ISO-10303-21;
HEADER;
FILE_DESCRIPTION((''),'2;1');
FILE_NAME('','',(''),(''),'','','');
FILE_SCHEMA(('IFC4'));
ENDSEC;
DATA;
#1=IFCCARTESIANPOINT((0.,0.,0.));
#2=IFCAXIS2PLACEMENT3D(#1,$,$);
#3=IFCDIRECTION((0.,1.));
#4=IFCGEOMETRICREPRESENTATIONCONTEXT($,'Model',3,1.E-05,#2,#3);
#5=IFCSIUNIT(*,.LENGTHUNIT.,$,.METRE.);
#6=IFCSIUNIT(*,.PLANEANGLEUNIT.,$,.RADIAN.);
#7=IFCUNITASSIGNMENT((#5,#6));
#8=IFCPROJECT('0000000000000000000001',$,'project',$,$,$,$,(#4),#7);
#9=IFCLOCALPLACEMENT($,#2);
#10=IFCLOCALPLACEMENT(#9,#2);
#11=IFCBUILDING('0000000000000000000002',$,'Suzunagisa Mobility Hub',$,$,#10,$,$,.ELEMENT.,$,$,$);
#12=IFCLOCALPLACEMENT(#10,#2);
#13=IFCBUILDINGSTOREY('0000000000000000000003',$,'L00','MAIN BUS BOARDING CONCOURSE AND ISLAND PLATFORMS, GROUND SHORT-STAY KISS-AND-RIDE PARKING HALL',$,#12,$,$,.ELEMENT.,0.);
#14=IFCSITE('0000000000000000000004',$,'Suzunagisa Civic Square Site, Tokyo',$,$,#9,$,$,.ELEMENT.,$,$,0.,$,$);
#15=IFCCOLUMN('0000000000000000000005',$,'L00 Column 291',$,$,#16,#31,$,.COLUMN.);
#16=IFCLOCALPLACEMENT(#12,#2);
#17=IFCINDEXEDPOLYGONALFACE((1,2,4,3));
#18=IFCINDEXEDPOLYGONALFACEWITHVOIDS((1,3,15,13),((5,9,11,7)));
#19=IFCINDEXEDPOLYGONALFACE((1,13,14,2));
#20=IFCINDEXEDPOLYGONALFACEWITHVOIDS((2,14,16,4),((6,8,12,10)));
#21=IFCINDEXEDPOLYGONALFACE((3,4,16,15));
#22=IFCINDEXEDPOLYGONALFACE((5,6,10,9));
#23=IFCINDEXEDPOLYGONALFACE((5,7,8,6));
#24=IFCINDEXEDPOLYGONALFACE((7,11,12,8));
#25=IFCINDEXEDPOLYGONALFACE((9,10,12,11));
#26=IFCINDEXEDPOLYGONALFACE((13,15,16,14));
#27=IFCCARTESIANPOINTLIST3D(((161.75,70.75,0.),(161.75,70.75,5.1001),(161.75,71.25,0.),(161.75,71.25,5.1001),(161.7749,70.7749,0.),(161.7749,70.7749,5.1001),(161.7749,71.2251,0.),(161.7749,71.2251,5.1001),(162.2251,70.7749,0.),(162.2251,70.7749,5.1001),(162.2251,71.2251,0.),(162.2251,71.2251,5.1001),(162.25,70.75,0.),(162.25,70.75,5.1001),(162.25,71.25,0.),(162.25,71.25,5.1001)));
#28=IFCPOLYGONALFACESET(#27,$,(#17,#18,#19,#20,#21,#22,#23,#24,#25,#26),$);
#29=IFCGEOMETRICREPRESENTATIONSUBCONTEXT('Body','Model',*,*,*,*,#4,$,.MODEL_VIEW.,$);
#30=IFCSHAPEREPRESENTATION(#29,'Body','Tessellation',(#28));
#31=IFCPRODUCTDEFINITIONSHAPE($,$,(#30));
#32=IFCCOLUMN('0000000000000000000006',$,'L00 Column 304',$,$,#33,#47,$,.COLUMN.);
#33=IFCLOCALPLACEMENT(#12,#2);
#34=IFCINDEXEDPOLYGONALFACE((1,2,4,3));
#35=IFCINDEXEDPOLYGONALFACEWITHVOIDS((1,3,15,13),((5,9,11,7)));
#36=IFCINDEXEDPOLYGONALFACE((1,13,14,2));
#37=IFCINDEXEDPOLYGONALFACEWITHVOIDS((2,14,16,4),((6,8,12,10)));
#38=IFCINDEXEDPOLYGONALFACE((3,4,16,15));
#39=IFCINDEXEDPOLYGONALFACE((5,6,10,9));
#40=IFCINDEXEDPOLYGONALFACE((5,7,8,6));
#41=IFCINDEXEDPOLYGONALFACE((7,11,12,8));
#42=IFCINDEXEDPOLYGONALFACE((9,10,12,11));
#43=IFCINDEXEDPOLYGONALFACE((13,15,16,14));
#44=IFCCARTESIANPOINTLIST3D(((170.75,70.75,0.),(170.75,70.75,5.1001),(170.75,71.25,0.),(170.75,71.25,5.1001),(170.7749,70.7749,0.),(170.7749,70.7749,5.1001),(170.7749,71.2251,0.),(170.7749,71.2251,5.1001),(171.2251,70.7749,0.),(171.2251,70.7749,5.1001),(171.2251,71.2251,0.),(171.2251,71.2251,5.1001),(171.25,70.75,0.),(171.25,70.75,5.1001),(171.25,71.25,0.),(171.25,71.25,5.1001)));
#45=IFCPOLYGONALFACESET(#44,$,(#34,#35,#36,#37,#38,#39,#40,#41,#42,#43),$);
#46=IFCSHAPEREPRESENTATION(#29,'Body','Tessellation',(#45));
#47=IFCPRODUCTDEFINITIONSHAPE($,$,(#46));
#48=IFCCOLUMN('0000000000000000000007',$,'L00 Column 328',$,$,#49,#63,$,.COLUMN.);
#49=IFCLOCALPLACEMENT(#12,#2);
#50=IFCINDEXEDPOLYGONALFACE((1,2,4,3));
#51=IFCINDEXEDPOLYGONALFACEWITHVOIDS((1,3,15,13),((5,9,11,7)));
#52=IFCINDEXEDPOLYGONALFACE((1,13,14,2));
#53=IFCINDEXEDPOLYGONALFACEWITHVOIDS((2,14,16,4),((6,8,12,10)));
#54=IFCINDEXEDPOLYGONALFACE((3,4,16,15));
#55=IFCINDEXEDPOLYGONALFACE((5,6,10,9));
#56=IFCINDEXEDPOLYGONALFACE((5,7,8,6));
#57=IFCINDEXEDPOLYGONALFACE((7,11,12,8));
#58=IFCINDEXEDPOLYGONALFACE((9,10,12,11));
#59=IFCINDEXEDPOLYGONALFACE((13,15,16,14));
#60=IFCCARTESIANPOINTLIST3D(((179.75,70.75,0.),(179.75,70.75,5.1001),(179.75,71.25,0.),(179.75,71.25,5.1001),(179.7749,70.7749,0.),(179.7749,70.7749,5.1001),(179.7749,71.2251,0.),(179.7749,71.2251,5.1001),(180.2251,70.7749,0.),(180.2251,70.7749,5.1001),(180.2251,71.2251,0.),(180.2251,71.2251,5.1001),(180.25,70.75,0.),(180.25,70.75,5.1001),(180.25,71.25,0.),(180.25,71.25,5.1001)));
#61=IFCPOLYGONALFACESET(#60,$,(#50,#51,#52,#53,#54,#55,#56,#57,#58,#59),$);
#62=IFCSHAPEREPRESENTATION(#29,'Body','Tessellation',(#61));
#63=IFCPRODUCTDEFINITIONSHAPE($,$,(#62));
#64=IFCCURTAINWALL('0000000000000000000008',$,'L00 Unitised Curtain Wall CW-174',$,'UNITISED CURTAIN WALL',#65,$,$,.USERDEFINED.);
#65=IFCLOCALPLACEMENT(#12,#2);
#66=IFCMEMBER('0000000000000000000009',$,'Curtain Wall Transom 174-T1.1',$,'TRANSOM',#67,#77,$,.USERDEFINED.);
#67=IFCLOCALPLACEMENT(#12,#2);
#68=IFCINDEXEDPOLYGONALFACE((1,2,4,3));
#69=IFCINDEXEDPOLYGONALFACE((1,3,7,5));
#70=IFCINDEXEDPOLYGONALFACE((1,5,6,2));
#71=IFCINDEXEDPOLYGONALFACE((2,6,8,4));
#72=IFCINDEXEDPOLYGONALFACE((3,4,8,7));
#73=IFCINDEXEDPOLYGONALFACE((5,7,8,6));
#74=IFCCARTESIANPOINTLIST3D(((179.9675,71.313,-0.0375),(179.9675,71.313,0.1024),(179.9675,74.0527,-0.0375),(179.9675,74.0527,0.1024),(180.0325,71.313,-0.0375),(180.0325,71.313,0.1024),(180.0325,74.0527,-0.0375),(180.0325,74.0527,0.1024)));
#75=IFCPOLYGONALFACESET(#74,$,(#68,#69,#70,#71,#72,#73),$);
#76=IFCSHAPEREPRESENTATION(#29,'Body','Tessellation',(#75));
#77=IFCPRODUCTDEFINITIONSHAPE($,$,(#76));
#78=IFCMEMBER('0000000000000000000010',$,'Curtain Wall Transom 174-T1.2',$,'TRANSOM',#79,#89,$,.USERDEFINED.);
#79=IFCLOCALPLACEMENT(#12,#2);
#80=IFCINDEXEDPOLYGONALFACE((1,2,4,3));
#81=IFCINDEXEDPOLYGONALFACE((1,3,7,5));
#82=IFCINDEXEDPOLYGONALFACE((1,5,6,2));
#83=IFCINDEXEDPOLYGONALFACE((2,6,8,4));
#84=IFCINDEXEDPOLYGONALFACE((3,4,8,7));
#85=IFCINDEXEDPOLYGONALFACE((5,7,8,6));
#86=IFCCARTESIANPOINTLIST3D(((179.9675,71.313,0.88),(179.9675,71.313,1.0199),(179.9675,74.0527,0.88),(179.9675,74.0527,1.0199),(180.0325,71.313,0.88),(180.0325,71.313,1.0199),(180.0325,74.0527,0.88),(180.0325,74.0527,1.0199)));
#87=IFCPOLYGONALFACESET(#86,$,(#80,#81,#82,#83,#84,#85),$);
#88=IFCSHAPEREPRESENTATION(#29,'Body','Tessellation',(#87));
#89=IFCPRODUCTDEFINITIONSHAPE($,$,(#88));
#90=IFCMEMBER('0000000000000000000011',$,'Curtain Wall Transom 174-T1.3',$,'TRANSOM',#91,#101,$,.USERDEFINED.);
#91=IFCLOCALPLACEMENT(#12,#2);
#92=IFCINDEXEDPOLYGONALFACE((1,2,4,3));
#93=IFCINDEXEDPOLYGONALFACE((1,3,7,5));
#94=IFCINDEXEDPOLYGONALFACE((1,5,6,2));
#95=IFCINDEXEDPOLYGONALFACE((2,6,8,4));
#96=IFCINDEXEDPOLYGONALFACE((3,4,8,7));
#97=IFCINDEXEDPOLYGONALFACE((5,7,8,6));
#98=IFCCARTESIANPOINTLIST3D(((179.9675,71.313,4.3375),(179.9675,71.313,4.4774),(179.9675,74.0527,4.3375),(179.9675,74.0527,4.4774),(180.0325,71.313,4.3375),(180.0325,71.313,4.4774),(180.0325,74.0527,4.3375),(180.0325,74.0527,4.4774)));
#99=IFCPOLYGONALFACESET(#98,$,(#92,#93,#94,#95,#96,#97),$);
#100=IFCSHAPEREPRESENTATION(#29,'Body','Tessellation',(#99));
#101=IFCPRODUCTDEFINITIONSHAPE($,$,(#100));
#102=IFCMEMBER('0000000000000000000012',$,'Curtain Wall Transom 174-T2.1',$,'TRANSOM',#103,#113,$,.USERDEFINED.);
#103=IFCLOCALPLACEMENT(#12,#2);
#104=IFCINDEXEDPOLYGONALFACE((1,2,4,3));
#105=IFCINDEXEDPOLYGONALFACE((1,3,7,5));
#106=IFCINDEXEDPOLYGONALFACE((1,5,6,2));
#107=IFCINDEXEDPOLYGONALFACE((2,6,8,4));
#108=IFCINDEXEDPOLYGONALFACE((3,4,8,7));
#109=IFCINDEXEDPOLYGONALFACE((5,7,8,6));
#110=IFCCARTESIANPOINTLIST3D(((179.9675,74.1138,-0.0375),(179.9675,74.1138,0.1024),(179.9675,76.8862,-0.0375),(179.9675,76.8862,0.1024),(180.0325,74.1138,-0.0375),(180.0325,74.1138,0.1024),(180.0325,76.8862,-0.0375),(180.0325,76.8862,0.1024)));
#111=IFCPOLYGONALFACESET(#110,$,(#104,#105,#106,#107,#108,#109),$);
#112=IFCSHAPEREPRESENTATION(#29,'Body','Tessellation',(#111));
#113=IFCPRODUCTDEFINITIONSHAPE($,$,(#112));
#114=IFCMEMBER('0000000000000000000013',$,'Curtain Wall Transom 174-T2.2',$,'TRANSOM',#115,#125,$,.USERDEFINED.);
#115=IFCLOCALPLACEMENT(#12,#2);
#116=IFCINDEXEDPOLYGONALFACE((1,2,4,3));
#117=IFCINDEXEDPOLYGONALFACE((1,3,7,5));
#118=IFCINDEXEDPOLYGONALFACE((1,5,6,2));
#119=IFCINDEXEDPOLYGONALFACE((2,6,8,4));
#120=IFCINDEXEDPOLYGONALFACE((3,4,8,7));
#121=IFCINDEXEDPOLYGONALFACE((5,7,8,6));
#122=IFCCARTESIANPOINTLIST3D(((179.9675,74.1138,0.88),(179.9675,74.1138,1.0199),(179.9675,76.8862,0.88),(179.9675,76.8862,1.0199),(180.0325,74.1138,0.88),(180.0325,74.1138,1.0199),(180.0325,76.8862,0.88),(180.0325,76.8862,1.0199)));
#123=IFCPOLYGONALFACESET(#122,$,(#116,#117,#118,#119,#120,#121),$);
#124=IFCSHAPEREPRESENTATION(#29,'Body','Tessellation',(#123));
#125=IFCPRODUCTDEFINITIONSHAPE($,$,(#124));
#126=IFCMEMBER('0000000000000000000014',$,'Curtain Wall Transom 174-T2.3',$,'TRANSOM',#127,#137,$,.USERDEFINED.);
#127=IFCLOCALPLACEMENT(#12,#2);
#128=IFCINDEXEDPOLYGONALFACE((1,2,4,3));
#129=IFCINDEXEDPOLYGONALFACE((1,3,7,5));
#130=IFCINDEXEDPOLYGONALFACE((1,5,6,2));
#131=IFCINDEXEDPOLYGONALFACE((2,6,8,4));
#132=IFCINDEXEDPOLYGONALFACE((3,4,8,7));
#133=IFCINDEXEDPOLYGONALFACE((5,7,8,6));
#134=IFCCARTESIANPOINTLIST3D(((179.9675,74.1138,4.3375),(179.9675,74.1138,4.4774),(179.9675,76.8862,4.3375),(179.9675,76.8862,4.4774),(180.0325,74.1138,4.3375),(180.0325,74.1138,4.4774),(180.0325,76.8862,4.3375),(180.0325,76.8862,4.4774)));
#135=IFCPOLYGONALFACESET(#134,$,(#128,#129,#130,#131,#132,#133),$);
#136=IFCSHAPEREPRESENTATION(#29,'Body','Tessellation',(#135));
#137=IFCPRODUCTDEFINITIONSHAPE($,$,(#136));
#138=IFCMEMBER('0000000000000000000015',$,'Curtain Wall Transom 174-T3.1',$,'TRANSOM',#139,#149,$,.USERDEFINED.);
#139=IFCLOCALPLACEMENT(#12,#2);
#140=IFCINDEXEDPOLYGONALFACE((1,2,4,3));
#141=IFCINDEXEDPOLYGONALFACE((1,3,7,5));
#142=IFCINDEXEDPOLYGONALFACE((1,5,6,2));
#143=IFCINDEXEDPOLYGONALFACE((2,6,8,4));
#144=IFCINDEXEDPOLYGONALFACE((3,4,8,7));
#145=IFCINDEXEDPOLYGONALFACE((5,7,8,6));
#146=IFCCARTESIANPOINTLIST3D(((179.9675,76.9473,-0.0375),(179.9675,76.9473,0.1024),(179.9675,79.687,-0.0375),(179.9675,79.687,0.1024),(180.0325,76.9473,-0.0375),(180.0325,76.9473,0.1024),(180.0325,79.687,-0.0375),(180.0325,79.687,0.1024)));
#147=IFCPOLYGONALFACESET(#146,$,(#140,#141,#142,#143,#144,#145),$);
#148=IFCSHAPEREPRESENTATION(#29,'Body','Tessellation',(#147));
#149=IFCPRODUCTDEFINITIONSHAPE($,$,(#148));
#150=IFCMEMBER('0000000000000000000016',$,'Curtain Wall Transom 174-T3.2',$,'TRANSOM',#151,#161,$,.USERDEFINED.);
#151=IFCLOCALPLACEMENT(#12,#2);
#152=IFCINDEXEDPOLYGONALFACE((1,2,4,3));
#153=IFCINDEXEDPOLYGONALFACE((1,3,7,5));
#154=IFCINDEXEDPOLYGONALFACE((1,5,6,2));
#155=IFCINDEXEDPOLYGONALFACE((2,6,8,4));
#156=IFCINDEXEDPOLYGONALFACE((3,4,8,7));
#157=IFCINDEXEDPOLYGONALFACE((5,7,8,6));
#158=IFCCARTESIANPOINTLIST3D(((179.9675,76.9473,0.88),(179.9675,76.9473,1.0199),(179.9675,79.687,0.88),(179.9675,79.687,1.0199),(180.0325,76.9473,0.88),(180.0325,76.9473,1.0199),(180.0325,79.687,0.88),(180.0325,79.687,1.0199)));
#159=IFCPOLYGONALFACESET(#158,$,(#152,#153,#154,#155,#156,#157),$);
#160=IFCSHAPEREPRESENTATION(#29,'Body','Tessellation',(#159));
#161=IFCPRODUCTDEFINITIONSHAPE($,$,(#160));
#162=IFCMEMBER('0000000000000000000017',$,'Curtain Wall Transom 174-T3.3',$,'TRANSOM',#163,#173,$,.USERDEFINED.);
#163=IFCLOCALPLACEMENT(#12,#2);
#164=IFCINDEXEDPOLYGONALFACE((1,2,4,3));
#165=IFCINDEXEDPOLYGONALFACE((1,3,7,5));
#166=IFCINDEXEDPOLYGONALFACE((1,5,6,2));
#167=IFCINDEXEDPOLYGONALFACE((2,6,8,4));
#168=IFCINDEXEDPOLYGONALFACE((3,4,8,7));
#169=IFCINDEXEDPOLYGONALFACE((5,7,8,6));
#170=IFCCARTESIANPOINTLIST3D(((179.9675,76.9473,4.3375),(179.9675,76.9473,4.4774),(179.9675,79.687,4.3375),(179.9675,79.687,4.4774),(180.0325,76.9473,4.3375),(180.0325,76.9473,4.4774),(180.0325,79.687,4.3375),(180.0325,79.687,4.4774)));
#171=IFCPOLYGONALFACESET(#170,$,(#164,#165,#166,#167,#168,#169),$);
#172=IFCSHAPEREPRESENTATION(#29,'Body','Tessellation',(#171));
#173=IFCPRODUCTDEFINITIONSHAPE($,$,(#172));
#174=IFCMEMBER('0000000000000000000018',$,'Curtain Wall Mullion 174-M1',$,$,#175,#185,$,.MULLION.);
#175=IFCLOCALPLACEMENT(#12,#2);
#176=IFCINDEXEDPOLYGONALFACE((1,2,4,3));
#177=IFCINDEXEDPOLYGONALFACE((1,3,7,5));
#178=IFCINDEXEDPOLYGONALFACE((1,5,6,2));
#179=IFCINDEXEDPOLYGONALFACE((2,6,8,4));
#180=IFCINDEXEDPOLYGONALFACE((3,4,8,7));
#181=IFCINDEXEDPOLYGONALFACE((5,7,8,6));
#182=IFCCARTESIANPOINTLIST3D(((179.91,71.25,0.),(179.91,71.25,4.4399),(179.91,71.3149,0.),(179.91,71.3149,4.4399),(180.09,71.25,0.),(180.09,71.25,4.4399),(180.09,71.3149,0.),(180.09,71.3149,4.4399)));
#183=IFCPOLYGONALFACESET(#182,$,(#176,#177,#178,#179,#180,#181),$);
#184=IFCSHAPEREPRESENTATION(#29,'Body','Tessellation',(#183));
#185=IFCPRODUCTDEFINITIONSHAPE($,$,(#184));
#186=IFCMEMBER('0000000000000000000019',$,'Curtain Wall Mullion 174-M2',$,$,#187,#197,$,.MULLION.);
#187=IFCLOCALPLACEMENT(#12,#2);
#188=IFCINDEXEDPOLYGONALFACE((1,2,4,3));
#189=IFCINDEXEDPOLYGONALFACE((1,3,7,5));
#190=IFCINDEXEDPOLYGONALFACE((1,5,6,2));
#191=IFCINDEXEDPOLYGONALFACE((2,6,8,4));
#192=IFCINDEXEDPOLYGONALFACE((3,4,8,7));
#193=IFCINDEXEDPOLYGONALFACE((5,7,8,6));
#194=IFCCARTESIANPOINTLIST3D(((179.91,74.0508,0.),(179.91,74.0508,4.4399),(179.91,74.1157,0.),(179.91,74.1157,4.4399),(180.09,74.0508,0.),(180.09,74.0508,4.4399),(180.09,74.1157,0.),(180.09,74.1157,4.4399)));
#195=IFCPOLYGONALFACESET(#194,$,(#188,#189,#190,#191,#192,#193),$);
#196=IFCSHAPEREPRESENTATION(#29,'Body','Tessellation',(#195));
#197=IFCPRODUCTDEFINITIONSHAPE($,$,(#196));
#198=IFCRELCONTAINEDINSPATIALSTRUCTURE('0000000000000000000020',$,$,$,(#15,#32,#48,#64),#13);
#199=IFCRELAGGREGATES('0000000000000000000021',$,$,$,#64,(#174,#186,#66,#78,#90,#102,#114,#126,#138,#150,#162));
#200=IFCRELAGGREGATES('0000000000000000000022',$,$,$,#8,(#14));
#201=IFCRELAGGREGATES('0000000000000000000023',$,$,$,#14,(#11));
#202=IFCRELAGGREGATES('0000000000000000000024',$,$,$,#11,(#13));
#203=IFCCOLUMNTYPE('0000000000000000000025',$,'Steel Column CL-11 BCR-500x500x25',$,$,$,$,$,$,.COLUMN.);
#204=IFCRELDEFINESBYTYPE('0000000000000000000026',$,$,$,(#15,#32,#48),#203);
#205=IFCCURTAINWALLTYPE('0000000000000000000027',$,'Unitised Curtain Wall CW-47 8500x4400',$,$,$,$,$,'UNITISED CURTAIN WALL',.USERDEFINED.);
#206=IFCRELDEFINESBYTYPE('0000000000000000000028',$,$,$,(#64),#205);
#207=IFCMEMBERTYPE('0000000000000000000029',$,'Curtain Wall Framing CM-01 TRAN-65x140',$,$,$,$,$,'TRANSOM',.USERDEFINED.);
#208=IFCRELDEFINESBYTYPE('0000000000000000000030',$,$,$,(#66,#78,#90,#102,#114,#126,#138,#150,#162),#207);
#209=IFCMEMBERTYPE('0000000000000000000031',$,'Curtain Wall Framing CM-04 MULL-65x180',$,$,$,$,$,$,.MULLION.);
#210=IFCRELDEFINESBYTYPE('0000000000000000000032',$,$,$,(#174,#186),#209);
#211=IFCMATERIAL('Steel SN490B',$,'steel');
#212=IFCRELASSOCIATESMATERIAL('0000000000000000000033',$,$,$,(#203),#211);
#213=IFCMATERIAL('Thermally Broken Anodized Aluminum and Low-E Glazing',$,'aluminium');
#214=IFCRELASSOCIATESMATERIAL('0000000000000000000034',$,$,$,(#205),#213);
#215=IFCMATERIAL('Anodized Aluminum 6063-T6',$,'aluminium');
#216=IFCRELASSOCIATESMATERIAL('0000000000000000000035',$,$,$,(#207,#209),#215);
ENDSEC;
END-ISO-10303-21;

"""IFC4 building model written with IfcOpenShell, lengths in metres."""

from ifc_helpers import new_model, si_unit, direction, frame, origin, origin_2d, place, context, subcontext, project, spatial, rectangle, hollow_rectangle, extrude, material, material_profile, profile_set, type_object, element, aggregate, save


model = new_model("IFC4")

# Units and contexts
model_context = context("Model", 3, precision=1e-05, world=origin(), true_north=direction((0.0, 1.0)))
body_context = subcontext(model_context, "Body", "Model", "MODEL_VIEW")
ifc_project = project(units=[si_unit("LENGTHUNIT", "METRE"), si_unit("PLANEANGLEUNIT", "RADIAN")], contexts=[model_context])

# Site, building, storey
site_placement = place(None, origin())
site = spatial("IfcSite", under=ifc_project, at=site_placement, Name="Suzunagisa Civic Square Site, Tokyo", CompositionType="ELEMENT", RefElevation=0.0)
building_placement = place(site_placement, origin())
building = spatial("IfcBuilding", under=site, at=building_placement, Name="Suzunagisa Mobility Hub", CompositionType="ELEMENT")
storey_placement = place(building_placement, origin())
storey = spatial("IfcBuildingStorey", under=building, at=storey_placement, Name="L00", Description="MAIN BUS BOARDING CONCOURSE AND ISLAND PLATFORMS, GROUND SHORT-STAY KISS-AND-RIDE PARKING HALL", CompositionType="ELEMENT", Elevation=0.0)

# Columns
ifc_material_1 = material(Name="Steel SN490B", Category="steel")
ifc_material_profile_1 = material_profile(ifc_material_1, hollow_rectangle(XDim=0.5, YDim=0.5, WallThickness=0.0249, at=origin_2d()), Name="BCR-500x500x25")
ifc_profile_set_1 = profile_set([ifc_material_profile_1], Name="Steel SN490B")
column_type = type_object("IfcColumnType", Name="Steel Column CL-11 BCR-500x500x25", PredefinedType="COLUMN", material=ifc_profile_set_1)
for number, where, z_axis, x_axis, name in (
    (1, (162.0, 71.0, 0.0), (0.0, 0.0, 1.0), (1.0, 0.0, 0.0), "L00 Column 291"),
    (2, (171.0, 71.0, 0.0), (0.0, 0.0, 1.0), (1.0, 0.0, 0.0), "L00 Column 304"),
    (3, (180.0, 71.0, 0.0), (0.0, 0.0, 1.0), (1.0, 0.0, 0.0), "L00 Column 328"),
):
    element("IfcColumn", number, at=place(storey_placement, frame(where, z_axis=z_axis, x_axis=x_axis)), inside=storey, type_object=column_type, Name=name, PredefinedType="COLUMN", context=body_context, shape_type="SweptSolid", body=[
        extrude(hollow_rectangle(XDim=0.5, YDim=0.5, WallThickness=0.0249, at=origin_2d()), origin(), (0.0, 0.0, 1.0), 5.1001),
    ])

# Curtain wall, members
ifc_material_2 = material(Name="Thermally Broken Anodized Aluminum and Low-E Glazing", Category="aluminium")
curtain_wall_type = type_object("IfcCurtainWallType", Name="Unitised Curtain Wall CW-47 8500x4400", ElementType="UNITISED CURTAIN WALL", PredefinedType="USERDEFINED", material=ifc_material_2)
curtain_wall_placement = place(storey_placement, origin())
curtain_wall = element("IfcCurtainWall", 4, at=curtain_wall_placement, inside=storey, type_object=curtain_wall_type, Name="L00 Unitised Curtain Wall CW-174", ObjectType="UNITISED CURTAIN WALL", PredefinedType="USERDEFINED")
ifc_material_3 = material(Name="Anodized Aluminum 6063-T6", Category="aluminium")
ifc_material_profile_2 = material_profile(ifc_material_3, rectangle(XDim=0.0649, YDim=0.1399, at=origin_2d()), Name="TRAN-65x140")
ifc_profile_set_2 = profile_set([ifc_material_profile_2], Name="Anodized Aluminum 6063-T6")
member_type_1 = type_object("IfcMemberType", Name="Curtain Wall Framing CM-01 TRAN-65x140", ElementType="TRANSOM", PredefinedType="USERDEFINED", material=ifc_profile_set_2)
member_1_placement = place(storey_placement, frame((180.0, 71.313, 0.0325), z_axis=(0.0, 1.0, 0.0), x_axis=(-1.0, 0.0, 0.0)))
member_1 = element("IfcMember", 5, at=member_1_placement, type_object=member_type_1, Name="Curtain Wall Transom 174-T1.1", ObjectType="TRANSOM", PredefinedType="USERDEFINED", context=body_context, shape_type="SweptSolid", body=[
    extrude(rectangle(XDim=0.0649, YDim=0.1399, at=origin_2d()), origin(), (0.0, 0.0, 1.0), 2.7397),
])
member_2_placement = place(storey_placement, frame((180.0, 71.313, 0.95), z_axis=(0.0, 1.0, 0.0), x_axis=(-1.0, 0.0, 0.0)))
member_2 = element("IfcMember", 6, at=member_2_placement, type_object=member_type_1, Name="Curtain Wall Transom 174-T1.2", ObjectType="TRANSOM", PredefinedType="USERDEFINED", context=body_context, shape_type="SweptSolid", body=[
    extrude(rectangle(XDim=0.0649, YDim=0.1399, at=origin_2d()), origin(), (0.0, 0.0, 1.0), 2.7397),
])
member_3_placement = place(storey_placement, frame((180.0, 71.313, 4.4075), z_axis=(0.0, 1.0, 0.0), x_axis=(-1.0, 0.0, 0.0)))
member_3 = element("IfcMember", 7, at=member_3_placement, type_object=member_type_1, Name="Curtain Wall Transom 174-T1.3", ObjectType="TRANSOM", PredefinedType="USERDEFINED", context=body_context, shape_type="SweptSolid", body=[
    extrude(rectangle(XDim=0.0649, YDim=0.1399, at=origin_2d()), origin(), (0.0, 0.0, 1.0), 2.7397),
])
member_4_placement = place(storey_placement, frame((180.0, 74.1138, 0.0325), z_axis=(0.0, 1.0, 0.0), x_axis=(-1.0, 0.0, 0.0)))
member_4 = element("IfcMember", 8, at=member_4_placement, type_object=member_type_1, Name="Curtain Wall Transom 174-T2.1", ObjectType="TRANSOM", PredefinedType="USERDEFINED", context=body_context, shape_type="SweptSolid", body=[
    extrude(rectangle(XDim=0.0649, YDim=0.1399, at=origin_2d()), origin(), (0.0, 0.0, 1.0), 2.7725),
])
member_5_placement = place(storey_placement, frame((180.0, 74.1138, 0.95), z_axis=(0.0, 1.0, 0.0), x_axis=(-1.0, 0.0, 0.0)))
member_5 = element("IfcMember", 9, at=member_5_placement, type_object=member_type_1, Name="Curtain Wall Transom 174-T2.2", ObjectType="TRANSOM", PredefinedType="USERDEFINED", context=body_context, shape_type="SweptSolid", body=[
    extrude(rectangle(XDim=0.0649, YDim=0.1399, at=origin_2d()), origin(), (0.0, 0.0, 1.0), 2.7725),
])
member_6_placement = place(storey_placement, frame((180.0, 74.1138, 4.4075), z_axis=(0.0, 1.0, 0.0), x_axis=(-1.0, 0.0, 0.0)))
member_6 = element("IfcMember", 10, at=member_6_placement, type_object=member_type_1, Name="Curtain Wall Transom 174-T2.3", ObjectType="TRANSOM", PredefinedType="USERDEFINED", context=body_context, shape_type="SweptSolid", body=[
    extrude(rectangle(XDim=0.0649, YDim=0.1399, at=origin_2d()), origin(), (0.0, 0.0, 1.0), 2.7725),
])
member_7_placement = place(storey_placement, frame((180.0, 76.9473, 0.0325), z_axis=(0.0, 1.0, 0.0), x_axis=(-1.0, 0.0, 0.0)))
member_7 = element("IfcMember", 11, at=member_7_placement, type_object=member_type_1, Name="Curtain Wall Transom 174-T3.1", ObjectType="TRANSOM", PredefinedType="USERDEFINED", context=body_context, shape_type="SweptSolid", body=[
    extrude(rectangle(XDim=0.0649, YDim=0.1399, at=origin_2d()), origin(), (0.0, 0.0, 1.0), 2.7397),
])
member_8_placement = place(storey_placement, frame((180.0, 76.9473, 0.95), z_axis=(0.0, 1.0, 0.0), x_axis=(-1.0, 0.0, 0.0)))
member_8 = element("IfcMember", 12, at=member_8_placement, type_object=member_type_1, Name="Curtain Wall Transom 174-T3.2", ObjectType="TRANSOM", PredefinedType="USERDEFINED", context=body_context, shape_type="SweptSolid", body=[
    extrude(rectangle(XDim=0.0649, YDim=0.1399, at=origin_2d()), origin(), (0.0, 0.0, 1.0), 2.7397),
])
member_9_placement = place(storey_placement, frame((180.0, 76.9473, 4.4075), z_axis=(0.0, 1.0, 0.0), x_axis=(-1.0, 0.0, 0.0)))
member_9 = element("IfcMember", 13, at=member_9_placement, type_object=member_type_1, Name="Curtain Wall Transom 174-T3.3", ObjectType="TRANSOM", PredefinedType="USERDEFINED", context=body_context, shape_type="SweptSolid", body=[
    extrude(rectangle(XDim=0.0649, YDim=0.1399, at=origin_2d()), origin(), (0.0, 0.0, 1.0), 2.7397),
])
ifc_material_profile_3 = material_profile(ifc_material_3, rectangle(XDim=0.0649, YDim=0.1799, at=origin_2d()), Name="MULL-65x180")
ifc_profile_set_3 = profile_set([ifc_material_profile_3], Name="Anodized Aluminum 6063-T6")
member_type_2 = type_object("IfcMemberType", Name="Curtain Wall Framing CM-04 MULL-65x180", PredefinedType="MULLION", material=ifc_profile_set_3)
member_10_placement = place(storey_placement, frame((180.0, 71.2825, 0.0), z_axis=(0.0, 0.0, 1.0), x_axis=(0.0, 1.0, 0.0)))
member_10 = element("IfcMember", 14, at=member_10_placement, type_object=member_type_2, Name="Curtain Wall Mullion 174-M1", PredefinedType="MULLION", context=body_context, shape_type="SweptSolid", body=[
    extrude(rectangle(XDim=0.0649, YDim=0.1799, at=origin_2d()), origin(), (0.0, 0.0, 1.0), 4.4399),
])
member_11_placement = place(storey_placement, frame((180.0, 74.0833, 0.0), z_axis=(0.0, 0.0, 1.0), x_axis=(0.0, 1.0, 0.0)))
member_11 = element("IfcMember", 15, at=member_11_placement, type_object=member_type_2, Name="Curtain Wall Mullion 174-M2", PredefinedType="MULLION", context=body_context, shape_type="SweptSolid", body=[
    extrude(rectangle(XDim=0.0649, YDim=0.1799, at=origin_2d()), origin(), (0.0, 0.0, 1.0), 4.4399),
])

aggregate(curtain_wall, [member_10, member_11, member_1, member_2, member_3, member_4, member_5, member_6, member_7, member_8, member_9])

save(model, "model.ifc")
